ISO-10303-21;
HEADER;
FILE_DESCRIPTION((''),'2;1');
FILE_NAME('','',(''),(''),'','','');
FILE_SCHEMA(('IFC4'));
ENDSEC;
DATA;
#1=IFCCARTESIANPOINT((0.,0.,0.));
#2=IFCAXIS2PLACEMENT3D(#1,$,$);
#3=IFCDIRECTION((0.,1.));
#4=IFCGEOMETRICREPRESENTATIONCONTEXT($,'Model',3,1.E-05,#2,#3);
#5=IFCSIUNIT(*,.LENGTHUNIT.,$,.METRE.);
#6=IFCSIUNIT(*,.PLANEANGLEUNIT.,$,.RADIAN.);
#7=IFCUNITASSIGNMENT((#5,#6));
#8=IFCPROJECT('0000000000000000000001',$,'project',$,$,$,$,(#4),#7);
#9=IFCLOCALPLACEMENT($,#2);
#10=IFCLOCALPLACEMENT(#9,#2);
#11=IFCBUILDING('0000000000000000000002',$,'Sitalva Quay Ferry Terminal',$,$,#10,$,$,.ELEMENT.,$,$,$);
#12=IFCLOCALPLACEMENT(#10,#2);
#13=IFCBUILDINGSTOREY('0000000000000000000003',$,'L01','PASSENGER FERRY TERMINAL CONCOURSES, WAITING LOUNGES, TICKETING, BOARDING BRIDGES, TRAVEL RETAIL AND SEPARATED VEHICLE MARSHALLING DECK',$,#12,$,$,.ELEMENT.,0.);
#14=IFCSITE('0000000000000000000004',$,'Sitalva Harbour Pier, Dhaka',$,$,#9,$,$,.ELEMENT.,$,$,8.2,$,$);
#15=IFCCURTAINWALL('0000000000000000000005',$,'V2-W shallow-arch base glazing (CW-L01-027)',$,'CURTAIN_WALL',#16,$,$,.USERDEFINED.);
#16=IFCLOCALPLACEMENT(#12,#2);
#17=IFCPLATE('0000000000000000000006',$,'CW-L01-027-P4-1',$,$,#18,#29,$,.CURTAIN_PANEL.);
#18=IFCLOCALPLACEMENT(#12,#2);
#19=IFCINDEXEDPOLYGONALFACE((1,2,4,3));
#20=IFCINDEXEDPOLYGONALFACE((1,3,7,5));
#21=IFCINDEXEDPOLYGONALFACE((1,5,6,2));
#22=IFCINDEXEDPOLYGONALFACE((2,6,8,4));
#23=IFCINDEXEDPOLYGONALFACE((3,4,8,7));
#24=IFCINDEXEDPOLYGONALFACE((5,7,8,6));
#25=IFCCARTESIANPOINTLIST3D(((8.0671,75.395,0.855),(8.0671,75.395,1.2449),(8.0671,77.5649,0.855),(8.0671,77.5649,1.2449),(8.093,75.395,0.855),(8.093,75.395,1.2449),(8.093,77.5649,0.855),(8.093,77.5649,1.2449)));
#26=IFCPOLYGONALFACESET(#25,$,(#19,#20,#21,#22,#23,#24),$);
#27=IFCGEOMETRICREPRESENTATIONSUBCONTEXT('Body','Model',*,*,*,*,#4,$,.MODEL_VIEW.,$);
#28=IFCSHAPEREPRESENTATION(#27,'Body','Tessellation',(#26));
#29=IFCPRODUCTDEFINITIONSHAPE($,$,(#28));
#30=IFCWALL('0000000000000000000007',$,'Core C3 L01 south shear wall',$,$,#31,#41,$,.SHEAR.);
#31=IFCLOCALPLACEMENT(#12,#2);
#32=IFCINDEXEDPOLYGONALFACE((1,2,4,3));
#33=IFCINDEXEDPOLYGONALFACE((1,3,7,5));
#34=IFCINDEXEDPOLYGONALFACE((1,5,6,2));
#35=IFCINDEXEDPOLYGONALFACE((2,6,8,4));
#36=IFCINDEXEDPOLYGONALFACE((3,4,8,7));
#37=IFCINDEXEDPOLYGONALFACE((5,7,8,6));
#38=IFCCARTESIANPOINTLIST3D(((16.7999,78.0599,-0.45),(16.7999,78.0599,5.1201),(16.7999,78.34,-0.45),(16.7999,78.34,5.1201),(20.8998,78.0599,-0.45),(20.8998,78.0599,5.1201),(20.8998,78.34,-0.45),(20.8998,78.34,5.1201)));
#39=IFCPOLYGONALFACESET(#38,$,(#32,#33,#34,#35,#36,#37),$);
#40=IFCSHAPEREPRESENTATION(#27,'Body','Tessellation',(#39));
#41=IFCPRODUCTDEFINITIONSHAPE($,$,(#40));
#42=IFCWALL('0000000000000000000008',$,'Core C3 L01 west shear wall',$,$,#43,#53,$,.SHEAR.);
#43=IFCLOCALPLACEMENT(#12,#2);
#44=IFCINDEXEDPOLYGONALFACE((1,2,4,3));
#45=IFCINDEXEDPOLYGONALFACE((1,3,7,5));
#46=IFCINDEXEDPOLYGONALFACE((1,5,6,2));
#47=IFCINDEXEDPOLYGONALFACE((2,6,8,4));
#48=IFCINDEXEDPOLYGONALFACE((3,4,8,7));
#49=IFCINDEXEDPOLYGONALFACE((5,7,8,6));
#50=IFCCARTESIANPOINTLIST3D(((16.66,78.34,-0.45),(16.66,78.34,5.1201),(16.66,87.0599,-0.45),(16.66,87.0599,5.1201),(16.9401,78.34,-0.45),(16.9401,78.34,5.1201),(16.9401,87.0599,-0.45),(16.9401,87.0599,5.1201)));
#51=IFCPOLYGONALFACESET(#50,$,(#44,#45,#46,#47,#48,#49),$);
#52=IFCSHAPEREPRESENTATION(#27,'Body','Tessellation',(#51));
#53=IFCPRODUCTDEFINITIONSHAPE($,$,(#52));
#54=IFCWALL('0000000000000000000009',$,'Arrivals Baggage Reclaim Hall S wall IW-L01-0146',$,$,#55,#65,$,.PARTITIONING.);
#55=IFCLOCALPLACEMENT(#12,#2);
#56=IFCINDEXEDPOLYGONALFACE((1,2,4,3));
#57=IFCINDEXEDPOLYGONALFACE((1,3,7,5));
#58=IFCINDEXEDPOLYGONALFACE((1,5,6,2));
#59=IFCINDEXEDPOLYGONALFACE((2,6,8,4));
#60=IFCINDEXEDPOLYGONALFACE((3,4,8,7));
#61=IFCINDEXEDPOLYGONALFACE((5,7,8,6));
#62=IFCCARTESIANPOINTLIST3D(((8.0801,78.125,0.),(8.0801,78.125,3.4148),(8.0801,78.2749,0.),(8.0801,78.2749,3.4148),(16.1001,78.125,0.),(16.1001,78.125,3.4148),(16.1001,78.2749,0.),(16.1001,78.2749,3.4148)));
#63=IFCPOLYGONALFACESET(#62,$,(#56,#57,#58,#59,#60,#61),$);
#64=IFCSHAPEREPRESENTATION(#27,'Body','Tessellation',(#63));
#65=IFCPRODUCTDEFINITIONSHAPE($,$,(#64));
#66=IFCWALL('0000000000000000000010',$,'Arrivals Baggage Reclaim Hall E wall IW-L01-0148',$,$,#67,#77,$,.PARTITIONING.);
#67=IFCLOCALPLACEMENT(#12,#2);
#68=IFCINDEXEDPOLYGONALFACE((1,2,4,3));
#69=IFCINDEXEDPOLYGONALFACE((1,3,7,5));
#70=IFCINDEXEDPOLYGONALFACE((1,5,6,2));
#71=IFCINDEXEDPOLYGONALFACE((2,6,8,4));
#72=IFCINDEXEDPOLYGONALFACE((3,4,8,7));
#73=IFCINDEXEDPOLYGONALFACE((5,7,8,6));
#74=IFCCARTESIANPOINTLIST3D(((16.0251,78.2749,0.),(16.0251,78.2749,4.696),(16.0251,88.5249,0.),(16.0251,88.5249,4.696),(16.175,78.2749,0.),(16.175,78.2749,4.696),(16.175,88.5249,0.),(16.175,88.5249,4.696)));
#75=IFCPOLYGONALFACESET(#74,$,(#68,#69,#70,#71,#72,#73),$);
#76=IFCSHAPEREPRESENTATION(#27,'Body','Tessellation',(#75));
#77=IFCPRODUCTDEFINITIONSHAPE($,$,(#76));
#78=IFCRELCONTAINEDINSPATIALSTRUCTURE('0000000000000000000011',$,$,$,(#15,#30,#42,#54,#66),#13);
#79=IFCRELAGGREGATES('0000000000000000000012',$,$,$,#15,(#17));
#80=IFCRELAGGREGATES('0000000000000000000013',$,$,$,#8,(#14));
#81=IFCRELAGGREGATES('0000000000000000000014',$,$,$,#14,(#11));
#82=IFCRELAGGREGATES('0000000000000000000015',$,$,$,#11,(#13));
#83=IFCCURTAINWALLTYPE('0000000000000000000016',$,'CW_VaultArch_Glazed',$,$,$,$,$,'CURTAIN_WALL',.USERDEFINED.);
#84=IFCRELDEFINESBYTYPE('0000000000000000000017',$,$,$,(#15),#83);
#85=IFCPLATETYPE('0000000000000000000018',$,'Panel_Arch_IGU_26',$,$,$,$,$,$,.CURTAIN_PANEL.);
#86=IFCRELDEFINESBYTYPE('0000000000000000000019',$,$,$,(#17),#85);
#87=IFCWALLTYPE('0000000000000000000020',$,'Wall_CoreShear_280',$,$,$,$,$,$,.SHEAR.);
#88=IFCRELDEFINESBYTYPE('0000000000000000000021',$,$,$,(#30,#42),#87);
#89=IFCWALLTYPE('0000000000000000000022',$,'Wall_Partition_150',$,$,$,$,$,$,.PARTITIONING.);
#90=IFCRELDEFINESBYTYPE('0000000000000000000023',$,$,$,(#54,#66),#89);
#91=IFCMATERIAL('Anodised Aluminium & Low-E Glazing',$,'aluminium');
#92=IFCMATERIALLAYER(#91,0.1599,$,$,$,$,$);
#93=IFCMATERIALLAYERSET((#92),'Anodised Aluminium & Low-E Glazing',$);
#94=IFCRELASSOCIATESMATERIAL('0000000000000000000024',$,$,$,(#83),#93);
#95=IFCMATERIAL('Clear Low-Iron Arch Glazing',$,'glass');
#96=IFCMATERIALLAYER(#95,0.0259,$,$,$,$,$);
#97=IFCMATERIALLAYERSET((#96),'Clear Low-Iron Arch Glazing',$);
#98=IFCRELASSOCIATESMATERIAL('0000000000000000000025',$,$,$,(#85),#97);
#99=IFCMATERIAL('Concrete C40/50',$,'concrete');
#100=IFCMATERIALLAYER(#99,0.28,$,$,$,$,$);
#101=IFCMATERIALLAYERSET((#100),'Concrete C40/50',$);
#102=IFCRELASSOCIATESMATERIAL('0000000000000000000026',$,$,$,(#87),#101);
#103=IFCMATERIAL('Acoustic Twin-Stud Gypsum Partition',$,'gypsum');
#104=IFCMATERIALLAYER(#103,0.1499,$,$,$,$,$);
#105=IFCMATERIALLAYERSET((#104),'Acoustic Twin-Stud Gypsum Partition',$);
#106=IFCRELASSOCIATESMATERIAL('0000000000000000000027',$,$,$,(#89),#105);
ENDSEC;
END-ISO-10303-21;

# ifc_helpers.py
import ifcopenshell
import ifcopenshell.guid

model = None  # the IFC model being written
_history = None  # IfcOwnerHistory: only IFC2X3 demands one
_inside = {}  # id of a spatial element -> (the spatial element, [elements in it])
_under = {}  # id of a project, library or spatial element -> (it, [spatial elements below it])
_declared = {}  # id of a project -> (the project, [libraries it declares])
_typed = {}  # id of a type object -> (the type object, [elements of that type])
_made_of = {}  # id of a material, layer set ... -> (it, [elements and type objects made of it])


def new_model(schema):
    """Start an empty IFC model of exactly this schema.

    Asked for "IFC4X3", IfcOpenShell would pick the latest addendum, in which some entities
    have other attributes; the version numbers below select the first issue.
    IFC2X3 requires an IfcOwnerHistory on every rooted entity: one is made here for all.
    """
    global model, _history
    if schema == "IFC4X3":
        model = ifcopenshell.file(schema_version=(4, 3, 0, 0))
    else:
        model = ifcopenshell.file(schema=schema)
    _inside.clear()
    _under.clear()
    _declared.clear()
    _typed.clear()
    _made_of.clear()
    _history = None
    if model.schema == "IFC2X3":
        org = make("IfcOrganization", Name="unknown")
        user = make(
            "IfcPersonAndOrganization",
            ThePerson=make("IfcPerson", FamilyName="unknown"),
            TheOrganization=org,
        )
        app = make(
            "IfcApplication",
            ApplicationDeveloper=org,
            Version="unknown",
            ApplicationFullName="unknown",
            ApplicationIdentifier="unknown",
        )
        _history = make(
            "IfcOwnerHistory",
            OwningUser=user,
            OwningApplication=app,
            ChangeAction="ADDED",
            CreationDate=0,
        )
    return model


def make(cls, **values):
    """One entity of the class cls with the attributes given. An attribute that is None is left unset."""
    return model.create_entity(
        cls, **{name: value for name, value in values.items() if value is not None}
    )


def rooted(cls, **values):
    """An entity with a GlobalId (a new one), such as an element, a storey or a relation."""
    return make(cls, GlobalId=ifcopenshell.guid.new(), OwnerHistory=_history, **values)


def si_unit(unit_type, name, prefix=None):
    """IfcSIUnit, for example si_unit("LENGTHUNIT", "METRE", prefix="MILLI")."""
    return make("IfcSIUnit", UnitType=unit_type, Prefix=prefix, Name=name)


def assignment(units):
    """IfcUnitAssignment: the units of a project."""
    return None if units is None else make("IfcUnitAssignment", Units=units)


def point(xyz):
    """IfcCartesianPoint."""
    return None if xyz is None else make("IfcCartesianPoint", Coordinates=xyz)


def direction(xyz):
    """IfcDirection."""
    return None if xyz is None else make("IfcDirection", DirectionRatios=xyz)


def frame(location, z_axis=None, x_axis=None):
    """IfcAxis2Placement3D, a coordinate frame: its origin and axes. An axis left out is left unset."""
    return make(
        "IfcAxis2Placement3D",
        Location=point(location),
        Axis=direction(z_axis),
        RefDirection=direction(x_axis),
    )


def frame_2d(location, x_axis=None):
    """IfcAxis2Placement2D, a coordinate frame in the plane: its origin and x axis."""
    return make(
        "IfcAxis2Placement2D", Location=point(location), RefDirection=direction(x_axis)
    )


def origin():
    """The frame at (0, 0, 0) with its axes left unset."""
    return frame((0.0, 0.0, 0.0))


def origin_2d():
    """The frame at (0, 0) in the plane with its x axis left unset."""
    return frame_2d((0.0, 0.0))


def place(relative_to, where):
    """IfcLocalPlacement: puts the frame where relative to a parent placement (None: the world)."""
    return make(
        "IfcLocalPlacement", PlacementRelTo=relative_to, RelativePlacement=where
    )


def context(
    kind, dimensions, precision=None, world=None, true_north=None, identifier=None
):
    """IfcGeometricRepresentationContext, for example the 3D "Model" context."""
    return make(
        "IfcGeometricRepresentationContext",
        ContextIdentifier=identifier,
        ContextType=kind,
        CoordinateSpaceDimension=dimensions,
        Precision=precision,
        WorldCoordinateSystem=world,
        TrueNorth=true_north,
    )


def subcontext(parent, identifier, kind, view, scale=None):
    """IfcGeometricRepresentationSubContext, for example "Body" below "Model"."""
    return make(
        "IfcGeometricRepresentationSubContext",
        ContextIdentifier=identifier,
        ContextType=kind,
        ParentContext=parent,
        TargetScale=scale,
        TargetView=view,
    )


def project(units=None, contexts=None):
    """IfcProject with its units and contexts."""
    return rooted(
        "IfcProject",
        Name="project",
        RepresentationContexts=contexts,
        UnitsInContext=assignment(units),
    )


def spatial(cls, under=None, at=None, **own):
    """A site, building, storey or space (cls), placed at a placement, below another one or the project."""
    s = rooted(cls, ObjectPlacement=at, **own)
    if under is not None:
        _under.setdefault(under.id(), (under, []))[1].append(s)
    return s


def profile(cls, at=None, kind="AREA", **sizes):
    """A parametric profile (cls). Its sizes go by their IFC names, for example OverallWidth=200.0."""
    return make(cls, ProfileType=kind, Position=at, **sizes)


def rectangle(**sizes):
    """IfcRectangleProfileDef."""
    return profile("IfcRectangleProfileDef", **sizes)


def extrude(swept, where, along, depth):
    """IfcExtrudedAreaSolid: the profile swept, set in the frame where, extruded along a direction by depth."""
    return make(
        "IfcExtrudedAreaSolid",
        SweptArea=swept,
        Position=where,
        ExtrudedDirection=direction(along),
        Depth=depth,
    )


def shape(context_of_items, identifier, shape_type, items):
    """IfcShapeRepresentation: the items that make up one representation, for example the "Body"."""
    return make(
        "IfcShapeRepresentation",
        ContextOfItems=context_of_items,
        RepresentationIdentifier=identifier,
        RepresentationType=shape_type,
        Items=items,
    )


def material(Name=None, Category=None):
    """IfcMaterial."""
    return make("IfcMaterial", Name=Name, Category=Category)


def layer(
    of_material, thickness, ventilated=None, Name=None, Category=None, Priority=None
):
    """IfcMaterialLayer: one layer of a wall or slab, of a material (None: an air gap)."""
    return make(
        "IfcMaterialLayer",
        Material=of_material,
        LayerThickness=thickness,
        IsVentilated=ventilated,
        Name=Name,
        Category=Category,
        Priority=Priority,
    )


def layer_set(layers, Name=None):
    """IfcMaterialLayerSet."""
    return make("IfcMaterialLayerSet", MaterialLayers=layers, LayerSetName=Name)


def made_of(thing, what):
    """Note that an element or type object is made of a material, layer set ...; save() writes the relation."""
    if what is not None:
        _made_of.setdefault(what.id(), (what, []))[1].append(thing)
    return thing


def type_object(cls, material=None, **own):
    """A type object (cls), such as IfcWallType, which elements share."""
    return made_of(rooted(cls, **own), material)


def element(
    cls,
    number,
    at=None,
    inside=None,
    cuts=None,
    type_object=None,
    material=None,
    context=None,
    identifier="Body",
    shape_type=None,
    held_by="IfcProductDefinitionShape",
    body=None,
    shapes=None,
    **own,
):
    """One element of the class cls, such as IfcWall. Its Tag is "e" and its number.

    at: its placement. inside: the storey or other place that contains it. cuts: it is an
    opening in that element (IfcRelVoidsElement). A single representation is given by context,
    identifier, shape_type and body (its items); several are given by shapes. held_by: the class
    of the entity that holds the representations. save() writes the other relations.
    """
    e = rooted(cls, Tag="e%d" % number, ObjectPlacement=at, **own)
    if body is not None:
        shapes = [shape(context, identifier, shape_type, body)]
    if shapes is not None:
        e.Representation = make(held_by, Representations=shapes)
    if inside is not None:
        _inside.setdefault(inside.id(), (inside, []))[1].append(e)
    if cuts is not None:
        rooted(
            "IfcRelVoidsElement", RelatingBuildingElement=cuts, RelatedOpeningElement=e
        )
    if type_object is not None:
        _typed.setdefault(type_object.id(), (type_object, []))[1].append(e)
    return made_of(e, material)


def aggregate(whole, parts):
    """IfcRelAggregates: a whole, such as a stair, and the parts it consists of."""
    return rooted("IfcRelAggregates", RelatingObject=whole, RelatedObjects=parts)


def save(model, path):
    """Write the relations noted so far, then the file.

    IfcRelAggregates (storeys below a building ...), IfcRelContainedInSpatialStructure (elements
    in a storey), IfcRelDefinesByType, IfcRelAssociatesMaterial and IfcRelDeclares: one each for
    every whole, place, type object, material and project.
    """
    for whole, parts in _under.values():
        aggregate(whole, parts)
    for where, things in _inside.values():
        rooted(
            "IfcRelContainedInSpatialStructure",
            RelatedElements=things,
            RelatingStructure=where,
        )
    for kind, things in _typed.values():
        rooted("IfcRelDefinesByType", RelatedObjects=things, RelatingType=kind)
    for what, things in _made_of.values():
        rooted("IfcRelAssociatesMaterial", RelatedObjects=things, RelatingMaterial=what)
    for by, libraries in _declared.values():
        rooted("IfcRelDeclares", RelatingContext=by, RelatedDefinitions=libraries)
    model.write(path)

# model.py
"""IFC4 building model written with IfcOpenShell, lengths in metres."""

from ifc_helpers import new_model, si_unit, direction, frame, frame_2d, origin, origin_2d, place, context, subcontext, project, spatial, rectangle, extrude, material, layer, layer_set, type_object, element, aggregate, save


model = new_model("IFC4")

# Units and contexts
model_context = context("Model", 3, precision=1e-05, world=origin(), true_north=direction((0.0, 1.0)))
body_context = subcontext(model_context, "Body", "Model", "MODEL_VIEW")
ifc_project = project(units=[si_unit("LENGTHUNIT", "METRE"), si_unit("PLANEANGLEUNIT", "RADIAN")], contexts=[model_context])

# Site, building, storey
site_placement = place(None, origin())
site = spatial("IfcSite", under=ifc_project, at=site_placement, Name="Sitalva Harbour Pier, Dhaka", CompositionType="ELEMENT", RefElevation=8.2)
building_placement = place(site_placement, origin())
building = spatial("IfcBuilding", under=site, at=building_placement, Name="Sitalva Quay Ferry Terminal", CompositionType="ELEMENT")
storey_placement = place(building_placement, origin())
storey = spatial("IfcBuildingStorey", under=building, at=storey_placement, Name="L01", Description="PASSENGER FERRY TERMINAL CONCOURSES, WAITING LOUNGES, TICKETING, BOARDING BRIDGES, TRAVEL RETAIL AND SEPARATED VEHICLE MARSHALLING DECK", CompositionType="ELEMENT", Elevation=0.0)

# Curtain wall
ifc_material_1 = material(Name="Anodised Aluminium & Low-E Glazing", Category="aluminium")
ifc_layer_1 = layer(ifc_material_1, 0.1599)
ifc_layer_set_1 = layer_set([ifc_layer_1], Name="Anodised Aluminium & Low-E Glazing")
curtain_wall_type = type_object("IfcCurtainWallType", Name="CW_VaultArch_Glazed", ElementType="CURTAIN_WALL", PredefinedType="USERDEFINED", material=ifc_layer_set_1)
curtain_wall_placement = place(storey_placement, origin())
curtain_wall = element("IfcCurtainWall", 1, at=curtain_wall_placement, inside=storey, type_object=curtain_wall_type, Name="V2-W shallow-arch base glazing (CW-L01-027)", ObjectType="CURTAIN_WALL", PredefinedType="USERDEFINED")

# Plate
ifc_material_2 = material(Name="Clear Low-Iron Arch Glazing", Category="glass")
ifc_layer_2 = layer(ifc_material_2, 0.0259)
ifc_layer_set_2 = layer_set([ifc_layer_2], Name="Clear Low-Iron Arch Glazing")
plate_type = type_object("IfcPlateType", Name="Panel_Arch_IGU_26", PredefinedType="CURTAIN_PANEL", material=ifc_layer_set_2)
plate_1_placement = place(storey_placement, frame((8.0801, 76.48, 0.855), z_axis=(0.0, 0.0, 1.0), x_axis=(0.0, 1.0, 0.0)))
plate_1 = element("IfcPlate", 2, at=plate_1_placement, type_object=plate_type, Name="CW-L01-027-P4-1", PredefinedType="CURTAIN_PANEL", context=body_context, shape_type="SweptSolid", body=[
    extrude(rectangle(XDim=2.1699, YDim=0.0259, at=origin_2d()), origin(), (0.0, 0.0, 1.0), 0.3899),
])
aggregate(curtain_wall, [plate_1])

# Walls
ifc_material_3 = material(Name="Concrete C40/50", Category="concrete")
ifc_layer_3 = layer(ifc_material_3, 0.28)
ifc_layer_set_3 = layer_set([ifc_layer_3], Name="Concrete C40/50")
wall_type_1 = type_object("IfcWallType", Name="Wall_CoreShear_280", PredefinedType="SHEAR", material=ifc_layer_set_3)
wall_1_placement = place(storey_placement, frame((16.8, 78.2, -0.45), z_axis=(0.0, 0.0, 1.0), x_axis=(1.0, 0.0, 0.0)))
element("IfcWall", 3, at=wall_1_placement, inside=storey, type_object=wall_type_1, Name="Core C3 L01 south shear wall", PredefinedType="SHEAR", context=body_context, shape_type="SweptSolid", body=[
    extrude(rectangle(XDim=4.0999, YDim=0.28, at=frame_2d((2.0498, 0.0))), origin(), (0.0, 0.0, 1.0), 5.5701),
])
wall_2_placement = place(storey_placement, frame((16.8, 78.3401, -0.45), z_axis=(0.0, 0.0, 1.0), x_axis=(0.0, 1.0, 0.0)))
element("IfcWall", 4, at=wall_2_placement, inside=storey, type_object=wall_type_1, Name="Core C3 L01 west shear wall", PredefinedType="SHEAR", context=body_context, shape_type="SweptSolid", body=[
    extrude(rectangle(XDim=8.72, YDim=0.28, at=frame_2d((4.3599, 0.0))), origin(), (0.0, 0.0, 1.0), 5.5701),
])
ifc_material_4 = material(Name="Acoustic Twin-Stud Gypsum Partition", Category="gypsum")
ifc_layer_4 = layer(ifc_material_4, 0.1499)
ifc_layer_set_4 = layer_set([ifc_layer_4], Name="Acoustic Twin-Stud Gypsum Partition")
wall_type_2 = type_object("IfcWallType", Name="Wall_Partition_150", PredefinedType="PARTITIONING", material=ifc_layer_set_4)
wall_3_placement = place(storey_placement, frame((8.0801, 78.2, 0.0), z_axis=(0.0, 0.0, 1.0), x_axis=(1.0, 0.0, 0.0)))
element("IfcWall", 5, at=wall_3_placement, inside=storey, type_object=wall_type_2, Name="Arrivals Baggage Reclaim Hall S wall IW-L01-0146", PredefinedType="PARTITIONING", context=body_context, shape_type="SweptSolid", body=[
    extrude(rectangle(XDim=8.02, YDim=0.1499, at=frame_2d((4.01, 0.0))), origin(), (0.0, 0.0, 1.0), 3.4148),
])
wall_4_placement = place(storey_placement, frame((16.1001, 78.2749, 0.0), z_axis=(0.0, 0.0, 1.0), x_axis=(0.0, 1.0, 0.0)))
element("IfcWall", 6, at=wall_4_placement, inside=storey, type_object=wall_type_2, Name="Arrivals Baggage Reclaim Hall E wall IW-L01-0148", PredefinedType="PARTITIONING", context=body_context, shape_type="SweptSolid", body=[
    extrude(rectangle(XDim=10.25, YDim=0.1499, at=frame_2d((5.125, 0.0))), origin(), (0.0, 0.0, 1.0), 4.696),
])

save(model, "model.ifc")
